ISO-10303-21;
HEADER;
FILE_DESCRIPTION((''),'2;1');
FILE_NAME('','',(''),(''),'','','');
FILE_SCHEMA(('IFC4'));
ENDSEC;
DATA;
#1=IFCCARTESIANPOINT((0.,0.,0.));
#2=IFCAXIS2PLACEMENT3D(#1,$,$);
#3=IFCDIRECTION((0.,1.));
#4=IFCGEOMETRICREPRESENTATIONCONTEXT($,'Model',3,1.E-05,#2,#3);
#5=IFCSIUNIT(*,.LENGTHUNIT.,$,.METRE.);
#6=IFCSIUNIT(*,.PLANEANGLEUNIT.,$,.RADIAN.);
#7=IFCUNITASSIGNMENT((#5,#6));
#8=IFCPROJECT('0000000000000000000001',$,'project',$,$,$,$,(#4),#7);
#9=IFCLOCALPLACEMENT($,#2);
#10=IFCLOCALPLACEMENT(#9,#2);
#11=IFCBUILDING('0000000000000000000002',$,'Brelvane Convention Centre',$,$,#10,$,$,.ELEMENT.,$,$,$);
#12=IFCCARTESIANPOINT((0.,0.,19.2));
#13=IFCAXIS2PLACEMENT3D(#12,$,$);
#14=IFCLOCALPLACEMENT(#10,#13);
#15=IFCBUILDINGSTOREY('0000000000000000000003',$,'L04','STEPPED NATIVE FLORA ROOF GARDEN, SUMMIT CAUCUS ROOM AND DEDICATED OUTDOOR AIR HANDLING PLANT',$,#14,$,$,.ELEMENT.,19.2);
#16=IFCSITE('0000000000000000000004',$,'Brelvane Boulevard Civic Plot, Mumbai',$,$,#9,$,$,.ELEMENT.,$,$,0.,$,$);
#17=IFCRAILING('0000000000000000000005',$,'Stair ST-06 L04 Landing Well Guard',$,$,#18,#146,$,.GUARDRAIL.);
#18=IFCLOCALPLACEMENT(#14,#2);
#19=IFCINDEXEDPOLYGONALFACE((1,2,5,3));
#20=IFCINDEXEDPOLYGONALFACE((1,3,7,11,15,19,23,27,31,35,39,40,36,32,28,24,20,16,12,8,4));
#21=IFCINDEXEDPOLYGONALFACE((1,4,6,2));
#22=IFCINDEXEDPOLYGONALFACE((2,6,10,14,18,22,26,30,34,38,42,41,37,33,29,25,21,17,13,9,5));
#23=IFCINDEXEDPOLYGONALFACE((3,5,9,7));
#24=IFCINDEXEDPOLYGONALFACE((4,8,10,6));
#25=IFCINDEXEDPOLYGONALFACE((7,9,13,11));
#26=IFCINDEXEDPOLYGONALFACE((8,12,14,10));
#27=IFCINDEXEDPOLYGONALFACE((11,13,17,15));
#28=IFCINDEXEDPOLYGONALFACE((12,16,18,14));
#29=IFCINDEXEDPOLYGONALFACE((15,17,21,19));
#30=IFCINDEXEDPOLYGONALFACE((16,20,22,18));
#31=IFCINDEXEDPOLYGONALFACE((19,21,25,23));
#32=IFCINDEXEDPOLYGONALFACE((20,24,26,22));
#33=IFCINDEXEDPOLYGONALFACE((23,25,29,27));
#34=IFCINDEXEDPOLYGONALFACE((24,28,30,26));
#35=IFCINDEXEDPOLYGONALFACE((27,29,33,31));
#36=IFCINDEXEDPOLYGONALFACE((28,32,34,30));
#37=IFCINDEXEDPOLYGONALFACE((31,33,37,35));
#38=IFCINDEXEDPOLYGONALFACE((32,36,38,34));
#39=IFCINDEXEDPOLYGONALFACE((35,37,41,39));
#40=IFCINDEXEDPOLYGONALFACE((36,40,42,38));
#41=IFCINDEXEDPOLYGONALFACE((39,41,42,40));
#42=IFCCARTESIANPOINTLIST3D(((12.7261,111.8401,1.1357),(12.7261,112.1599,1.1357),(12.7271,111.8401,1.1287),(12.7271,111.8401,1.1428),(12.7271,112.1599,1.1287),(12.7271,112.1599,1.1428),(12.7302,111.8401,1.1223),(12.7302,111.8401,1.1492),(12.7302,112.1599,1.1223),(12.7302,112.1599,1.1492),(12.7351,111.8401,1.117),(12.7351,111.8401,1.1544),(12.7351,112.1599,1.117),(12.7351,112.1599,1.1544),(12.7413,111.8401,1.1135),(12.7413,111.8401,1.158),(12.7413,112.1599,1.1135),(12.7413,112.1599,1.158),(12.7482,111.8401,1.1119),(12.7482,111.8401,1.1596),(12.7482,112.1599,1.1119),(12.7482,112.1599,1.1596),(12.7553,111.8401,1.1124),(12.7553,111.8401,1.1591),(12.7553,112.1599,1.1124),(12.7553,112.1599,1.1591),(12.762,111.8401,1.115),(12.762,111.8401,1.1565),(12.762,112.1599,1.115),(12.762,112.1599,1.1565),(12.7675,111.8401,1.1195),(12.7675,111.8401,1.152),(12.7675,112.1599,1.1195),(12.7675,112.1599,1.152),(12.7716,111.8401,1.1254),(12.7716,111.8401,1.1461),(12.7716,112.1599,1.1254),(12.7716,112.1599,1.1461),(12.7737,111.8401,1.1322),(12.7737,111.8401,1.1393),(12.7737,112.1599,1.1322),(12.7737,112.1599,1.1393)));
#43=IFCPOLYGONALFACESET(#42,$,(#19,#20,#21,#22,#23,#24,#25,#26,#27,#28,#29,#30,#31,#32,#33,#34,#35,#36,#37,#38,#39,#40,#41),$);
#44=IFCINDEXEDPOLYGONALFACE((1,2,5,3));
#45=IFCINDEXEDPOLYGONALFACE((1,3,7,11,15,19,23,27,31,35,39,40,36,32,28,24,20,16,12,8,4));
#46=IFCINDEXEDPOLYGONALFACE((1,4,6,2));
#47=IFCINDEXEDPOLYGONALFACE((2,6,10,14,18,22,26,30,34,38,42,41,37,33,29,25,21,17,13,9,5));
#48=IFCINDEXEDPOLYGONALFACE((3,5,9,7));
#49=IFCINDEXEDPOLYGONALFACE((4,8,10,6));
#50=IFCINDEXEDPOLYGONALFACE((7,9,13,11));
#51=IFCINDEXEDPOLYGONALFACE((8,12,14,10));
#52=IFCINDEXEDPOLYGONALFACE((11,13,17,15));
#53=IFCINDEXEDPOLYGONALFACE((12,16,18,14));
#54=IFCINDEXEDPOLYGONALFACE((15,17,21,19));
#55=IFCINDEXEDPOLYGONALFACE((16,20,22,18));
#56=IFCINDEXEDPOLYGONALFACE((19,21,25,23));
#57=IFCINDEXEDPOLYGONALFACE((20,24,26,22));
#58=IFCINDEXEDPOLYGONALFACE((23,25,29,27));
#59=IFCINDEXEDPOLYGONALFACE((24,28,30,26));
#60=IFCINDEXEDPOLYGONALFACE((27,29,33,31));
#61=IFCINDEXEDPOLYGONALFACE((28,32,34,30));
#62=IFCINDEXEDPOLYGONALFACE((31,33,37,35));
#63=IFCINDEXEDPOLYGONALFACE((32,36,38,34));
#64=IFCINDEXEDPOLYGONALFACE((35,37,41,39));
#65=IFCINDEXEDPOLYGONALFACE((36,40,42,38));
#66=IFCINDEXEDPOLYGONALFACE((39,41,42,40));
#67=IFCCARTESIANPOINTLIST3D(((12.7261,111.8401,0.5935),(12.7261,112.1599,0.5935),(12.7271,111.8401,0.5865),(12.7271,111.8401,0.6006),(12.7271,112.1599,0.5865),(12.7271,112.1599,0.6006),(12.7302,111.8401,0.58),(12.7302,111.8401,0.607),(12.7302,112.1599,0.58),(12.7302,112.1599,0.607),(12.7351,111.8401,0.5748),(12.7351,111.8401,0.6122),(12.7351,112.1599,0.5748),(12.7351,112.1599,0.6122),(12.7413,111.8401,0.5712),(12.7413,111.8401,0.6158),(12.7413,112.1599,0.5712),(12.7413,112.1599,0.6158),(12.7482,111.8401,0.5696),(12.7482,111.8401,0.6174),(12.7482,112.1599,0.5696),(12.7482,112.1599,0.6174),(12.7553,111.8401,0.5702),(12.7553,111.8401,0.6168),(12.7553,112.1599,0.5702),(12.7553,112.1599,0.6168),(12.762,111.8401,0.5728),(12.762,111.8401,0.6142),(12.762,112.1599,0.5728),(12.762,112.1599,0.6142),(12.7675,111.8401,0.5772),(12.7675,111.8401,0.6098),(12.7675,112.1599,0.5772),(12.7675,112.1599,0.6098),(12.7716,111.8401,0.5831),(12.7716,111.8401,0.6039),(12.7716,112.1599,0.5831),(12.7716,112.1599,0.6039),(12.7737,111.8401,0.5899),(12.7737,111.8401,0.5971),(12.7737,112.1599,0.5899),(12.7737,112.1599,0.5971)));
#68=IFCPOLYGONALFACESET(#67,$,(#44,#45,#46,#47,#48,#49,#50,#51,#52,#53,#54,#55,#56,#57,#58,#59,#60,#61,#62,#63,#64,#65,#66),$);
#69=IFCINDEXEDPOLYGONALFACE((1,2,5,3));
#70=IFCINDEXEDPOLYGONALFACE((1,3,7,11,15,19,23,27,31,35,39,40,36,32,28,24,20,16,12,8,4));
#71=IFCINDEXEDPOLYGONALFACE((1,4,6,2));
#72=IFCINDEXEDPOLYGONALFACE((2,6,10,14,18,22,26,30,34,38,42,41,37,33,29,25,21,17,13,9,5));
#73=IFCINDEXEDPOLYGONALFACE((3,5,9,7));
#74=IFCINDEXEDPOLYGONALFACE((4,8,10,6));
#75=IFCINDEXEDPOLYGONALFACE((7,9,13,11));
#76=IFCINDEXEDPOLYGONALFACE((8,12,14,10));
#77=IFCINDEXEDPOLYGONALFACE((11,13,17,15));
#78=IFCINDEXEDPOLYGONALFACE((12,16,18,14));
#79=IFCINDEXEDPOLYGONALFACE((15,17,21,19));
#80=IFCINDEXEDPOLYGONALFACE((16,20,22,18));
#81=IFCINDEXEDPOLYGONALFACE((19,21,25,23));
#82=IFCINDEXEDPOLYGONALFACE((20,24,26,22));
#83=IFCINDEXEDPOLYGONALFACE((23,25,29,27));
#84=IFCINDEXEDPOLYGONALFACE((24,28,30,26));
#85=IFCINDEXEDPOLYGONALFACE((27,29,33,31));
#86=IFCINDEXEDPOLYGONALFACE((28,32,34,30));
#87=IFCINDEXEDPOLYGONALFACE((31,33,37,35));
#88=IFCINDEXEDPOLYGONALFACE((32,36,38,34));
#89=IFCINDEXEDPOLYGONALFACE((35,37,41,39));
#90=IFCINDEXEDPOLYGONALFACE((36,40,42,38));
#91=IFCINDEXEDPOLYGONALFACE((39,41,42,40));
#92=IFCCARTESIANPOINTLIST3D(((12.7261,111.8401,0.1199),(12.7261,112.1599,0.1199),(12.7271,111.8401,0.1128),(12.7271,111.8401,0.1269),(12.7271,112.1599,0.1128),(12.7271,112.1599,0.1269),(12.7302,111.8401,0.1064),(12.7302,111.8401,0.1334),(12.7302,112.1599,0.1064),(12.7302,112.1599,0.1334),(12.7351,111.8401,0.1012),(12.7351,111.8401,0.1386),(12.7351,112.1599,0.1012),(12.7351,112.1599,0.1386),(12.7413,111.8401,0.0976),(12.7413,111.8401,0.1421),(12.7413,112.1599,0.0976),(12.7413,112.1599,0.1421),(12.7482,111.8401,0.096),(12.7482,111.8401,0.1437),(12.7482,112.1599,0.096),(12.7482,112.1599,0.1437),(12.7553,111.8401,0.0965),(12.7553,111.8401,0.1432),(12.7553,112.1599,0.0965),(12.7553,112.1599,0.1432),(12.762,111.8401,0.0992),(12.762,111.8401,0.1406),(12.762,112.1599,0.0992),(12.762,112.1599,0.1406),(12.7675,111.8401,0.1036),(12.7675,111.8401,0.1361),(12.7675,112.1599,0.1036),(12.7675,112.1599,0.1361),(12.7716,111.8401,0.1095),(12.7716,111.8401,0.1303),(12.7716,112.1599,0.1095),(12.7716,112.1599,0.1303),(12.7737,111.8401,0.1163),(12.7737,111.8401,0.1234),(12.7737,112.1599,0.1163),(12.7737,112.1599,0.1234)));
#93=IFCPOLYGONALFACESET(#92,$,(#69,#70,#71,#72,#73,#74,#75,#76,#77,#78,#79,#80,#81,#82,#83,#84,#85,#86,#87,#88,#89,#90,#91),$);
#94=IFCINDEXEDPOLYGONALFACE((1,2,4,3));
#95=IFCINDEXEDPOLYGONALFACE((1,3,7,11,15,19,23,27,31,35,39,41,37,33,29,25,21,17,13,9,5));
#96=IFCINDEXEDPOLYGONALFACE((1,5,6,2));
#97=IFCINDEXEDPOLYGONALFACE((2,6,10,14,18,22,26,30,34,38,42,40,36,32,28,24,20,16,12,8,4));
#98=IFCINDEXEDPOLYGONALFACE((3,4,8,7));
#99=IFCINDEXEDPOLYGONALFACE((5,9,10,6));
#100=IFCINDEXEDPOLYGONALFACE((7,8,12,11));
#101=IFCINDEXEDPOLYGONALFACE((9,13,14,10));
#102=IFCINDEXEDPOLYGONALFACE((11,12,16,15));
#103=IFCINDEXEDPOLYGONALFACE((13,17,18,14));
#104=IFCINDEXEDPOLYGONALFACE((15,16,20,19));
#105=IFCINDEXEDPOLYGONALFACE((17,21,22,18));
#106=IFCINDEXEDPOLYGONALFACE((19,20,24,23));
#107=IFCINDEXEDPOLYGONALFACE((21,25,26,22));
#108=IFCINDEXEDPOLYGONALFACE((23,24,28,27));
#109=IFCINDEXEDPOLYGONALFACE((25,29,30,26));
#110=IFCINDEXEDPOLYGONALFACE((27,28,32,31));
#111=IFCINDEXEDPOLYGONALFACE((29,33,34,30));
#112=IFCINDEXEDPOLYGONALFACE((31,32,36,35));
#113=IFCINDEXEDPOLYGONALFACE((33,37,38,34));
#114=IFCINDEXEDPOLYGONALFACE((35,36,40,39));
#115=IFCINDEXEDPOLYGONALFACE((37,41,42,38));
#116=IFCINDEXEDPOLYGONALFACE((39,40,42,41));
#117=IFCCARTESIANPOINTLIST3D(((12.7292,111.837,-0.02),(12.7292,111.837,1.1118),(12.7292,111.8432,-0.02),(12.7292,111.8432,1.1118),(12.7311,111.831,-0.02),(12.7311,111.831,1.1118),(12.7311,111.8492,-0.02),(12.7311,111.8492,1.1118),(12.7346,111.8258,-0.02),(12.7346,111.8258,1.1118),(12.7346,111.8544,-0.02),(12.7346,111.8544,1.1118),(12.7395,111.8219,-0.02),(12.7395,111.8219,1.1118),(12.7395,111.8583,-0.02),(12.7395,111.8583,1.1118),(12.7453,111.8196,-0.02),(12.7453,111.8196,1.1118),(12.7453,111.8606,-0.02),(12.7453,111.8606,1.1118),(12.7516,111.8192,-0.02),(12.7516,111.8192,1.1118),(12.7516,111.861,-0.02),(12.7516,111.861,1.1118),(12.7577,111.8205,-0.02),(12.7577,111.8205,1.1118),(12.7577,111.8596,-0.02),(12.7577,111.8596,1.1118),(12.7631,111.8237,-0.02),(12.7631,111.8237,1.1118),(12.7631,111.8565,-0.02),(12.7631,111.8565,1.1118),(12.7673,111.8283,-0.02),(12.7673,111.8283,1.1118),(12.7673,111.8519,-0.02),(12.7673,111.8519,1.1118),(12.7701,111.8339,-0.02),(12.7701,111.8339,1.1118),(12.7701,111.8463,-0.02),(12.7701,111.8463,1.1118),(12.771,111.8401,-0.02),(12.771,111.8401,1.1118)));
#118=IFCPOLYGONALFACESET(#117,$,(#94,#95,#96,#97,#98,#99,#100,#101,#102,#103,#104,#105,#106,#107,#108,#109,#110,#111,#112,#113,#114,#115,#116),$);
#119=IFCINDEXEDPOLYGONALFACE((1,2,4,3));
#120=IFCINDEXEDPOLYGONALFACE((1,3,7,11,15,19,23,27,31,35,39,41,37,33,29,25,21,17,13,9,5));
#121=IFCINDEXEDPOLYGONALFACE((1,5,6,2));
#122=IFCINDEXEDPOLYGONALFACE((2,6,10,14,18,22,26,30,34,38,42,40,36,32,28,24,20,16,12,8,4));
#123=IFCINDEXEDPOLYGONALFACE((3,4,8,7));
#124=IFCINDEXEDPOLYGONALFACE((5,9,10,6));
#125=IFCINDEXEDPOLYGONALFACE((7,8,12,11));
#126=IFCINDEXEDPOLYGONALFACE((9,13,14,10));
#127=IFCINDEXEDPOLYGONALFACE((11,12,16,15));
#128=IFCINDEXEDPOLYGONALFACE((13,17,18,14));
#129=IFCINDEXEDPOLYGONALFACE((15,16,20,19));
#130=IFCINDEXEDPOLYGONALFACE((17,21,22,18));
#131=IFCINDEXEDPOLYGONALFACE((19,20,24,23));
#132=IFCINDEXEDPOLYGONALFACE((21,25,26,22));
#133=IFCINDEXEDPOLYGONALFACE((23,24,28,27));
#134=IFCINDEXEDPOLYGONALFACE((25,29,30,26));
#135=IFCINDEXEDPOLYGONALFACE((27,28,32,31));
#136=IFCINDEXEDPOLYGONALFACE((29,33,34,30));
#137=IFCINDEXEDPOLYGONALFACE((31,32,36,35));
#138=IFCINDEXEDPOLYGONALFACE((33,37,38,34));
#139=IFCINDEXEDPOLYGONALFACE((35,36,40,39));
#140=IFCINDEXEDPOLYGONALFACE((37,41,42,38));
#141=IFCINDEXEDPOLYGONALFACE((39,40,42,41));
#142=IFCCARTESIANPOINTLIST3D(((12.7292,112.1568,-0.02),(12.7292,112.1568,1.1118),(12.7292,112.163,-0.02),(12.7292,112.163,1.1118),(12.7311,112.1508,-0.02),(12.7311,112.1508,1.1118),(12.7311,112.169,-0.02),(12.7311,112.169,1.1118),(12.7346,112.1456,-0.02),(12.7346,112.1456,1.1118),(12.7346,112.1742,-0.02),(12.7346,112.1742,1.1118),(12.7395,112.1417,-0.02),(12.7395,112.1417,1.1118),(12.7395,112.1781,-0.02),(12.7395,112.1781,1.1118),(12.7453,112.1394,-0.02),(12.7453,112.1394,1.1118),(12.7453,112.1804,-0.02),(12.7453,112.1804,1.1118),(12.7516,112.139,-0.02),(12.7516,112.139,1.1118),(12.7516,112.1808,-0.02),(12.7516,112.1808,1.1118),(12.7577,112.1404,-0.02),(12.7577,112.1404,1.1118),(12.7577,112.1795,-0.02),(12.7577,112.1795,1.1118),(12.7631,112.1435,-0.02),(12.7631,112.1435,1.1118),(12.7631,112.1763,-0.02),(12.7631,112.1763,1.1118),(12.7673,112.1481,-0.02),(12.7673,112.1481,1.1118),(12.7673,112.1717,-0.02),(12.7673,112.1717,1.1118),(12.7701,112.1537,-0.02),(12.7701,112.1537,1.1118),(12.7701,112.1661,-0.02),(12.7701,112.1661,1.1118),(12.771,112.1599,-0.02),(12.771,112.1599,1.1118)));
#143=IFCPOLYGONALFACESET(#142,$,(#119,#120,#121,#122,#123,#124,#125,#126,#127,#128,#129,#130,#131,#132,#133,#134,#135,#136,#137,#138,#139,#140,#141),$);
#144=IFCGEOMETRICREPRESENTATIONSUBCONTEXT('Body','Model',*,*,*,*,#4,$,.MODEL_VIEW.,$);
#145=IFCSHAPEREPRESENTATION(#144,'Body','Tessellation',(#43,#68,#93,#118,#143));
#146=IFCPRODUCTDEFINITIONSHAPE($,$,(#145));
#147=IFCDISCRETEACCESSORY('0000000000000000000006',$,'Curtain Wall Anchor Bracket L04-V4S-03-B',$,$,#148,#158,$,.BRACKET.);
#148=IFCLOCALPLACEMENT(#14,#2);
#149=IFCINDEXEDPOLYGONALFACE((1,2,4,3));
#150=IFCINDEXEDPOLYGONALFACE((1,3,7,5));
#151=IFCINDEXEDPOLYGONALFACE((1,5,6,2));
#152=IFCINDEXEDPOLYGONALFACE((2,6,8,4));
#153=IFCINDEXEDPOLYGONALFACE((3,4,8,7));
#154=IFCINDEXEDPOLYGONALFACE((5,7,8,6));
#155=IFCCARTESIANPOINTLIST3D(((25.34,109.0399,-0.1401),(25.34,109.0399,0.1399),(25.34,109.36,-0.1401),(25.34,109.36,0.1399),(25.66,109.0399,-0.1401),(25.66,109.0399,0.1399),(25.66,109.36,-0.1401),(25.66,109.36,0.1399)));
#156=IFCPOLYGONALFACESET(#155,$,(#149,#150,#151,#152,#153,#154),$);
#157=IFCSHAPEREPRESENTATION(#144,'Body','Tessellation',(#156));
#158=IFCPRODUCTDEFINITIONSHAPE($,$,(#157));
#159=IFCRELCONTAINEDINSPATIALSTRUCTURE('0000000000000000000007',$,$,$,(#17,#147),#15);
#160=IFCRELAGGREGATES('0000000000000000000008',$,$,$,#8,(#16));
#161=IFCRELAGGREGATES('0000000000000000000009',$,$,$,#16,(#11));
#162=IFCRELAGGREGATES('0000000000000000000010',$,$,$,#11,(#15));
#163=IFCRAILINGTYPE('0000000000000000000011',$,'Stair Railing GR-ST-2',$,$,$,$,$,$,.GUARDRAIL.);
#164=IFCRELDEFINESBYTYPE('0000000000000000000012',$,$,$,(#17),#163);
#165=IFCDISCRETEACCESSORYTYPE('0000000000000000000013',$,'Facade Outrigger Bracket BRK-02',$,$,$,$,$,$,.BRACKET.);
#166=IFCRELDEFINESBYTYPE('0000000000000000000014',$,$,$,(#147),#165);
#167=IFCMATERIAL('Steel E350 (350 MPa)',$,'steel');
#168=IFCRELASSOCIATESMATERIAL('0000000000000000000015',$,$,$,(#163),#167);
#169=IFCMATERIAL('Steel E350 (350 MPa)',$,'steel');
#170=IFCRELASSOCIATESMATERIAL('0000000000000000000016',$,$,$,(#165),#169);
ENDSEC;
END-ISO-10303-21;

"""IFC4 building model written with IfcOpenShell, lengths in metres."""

from ifc_helpers import new_model, si_unit, direction, frame, origin, origin_2d, place, context, subcontext, project, spatial, rectangle, circle, extrude, material, type_object, element, save


model = new_model("IFC4")

# Units and contexts
model_context = context("Model", 3, precision=1e-05, world=origin(), true_north=direction((0.0, 1.0)))
body_context = subcontext(model_context, "Body", "Model", "MODEL_VIEW")
ifc_project = project(units=[si_unit("LENGTHUNIT", "METRE"), si_unit("PLANEANGLEUNIT", "RADIAN")], contexts=[model_context])

# Site, building, storey
site_placement = place(None, origin())
site = spatial("IfcSite", under=ifc_project, at=site_placement, Name="Brelvane Boulevard Civic Plot, Mumbai", CompositionType="ELEMENT", RefElevation=0.0)
building_placement = place(site_placement, origin())
building = spatial("IfcBuilding", under=site, at=building_placement, Name="Brelvane Convention Centre", CompositionType="ELEMENT")
storey_placement = place(building_placement, frame((0.0, 0.0, 19.2)))
storey = spatial("IfcBuildingStorey", under=building, at=storey_placement, Name="L04", Description="STEPPED NATIVE FLORA ROOF GARDEN, SUMMIT CAUCUS ROOM AND DEDICATED OUTDOOR AIR HANDLING PLANT", CompositionType="ELEMENT", Elevation=19.2)

# Railing
ifc_material_1 = material(Name="Steel E350 (350 MPa)", Category="steel")
railing_type_1 = type_object("IfcRailingType", Name="Stair Railing GR-ST-2", PredefinedType="GUARDRAIL", material=ifc_material_1)
railing_1_placement = place(storey_placement, frame((12.75, 111.8401, -0.02)))
element("IfcRailing", 1, at=railing_1_placement, inside=storey, type_object=railing_type_1, Name="Stair ST-06 L04 Landing Well Guard", PredefinedType="GUARDRAIL", context=body_context, shape_type="SweptSolid", body=[
    extrude(circle(Radius=0.0239, at=origin_2d()), frame((0.0, 0.0, 1.1558), z_axis=(0.0, 1.0, 0.0), x_axis=(-1.0, 0.0, 0.0)), (0.0, 0.0, 1.0), 0.3198),
    extrude(circle(Radius=0.0239, at=origin_2d()), frame((0.0, 0.0, 0.6135), z_axis=(0.0, 1.0, 0.0), x_axis=(-1.0, 0.0, 0.0)), (0.0, 0.0, 1.0), 0.3198),
    extrude(circle(Radius=0.0239, at=origin_2d()), frame((0.0, 0.0, 0.1399), z_axis=(0.0, 1.0, 0.0), x_axis=(-1.0, 0.0, 0.0)), (0.0, 0.0, 1.0), 0.3198),
    extrude(circle(Radius=0.021, at=origin_2d()), origin(), (0.0, 0.0, 1.0), 1.1318),
    extrude(circle(Radius=0.021, at=origin_2d()), frame((0.0, 0.3198, 0.0)), (0.0, 0.0, 1.0), 1.1318),
])

# Discrete accessory
ifc_material_2 = material(Name="Steel E350 (350 MPa)", Category="steel")
discrete_accessory_type = type_object("IfcDiscreteAccessoryType", Name="Facade Outrigger Bracket BRK-02", PredefinedType="BRACKET", material=ifc_material_2)
discrete_accessory_placement = place(storey_placement, frame((25.5, 109.2, -0.1401), z_axis=(0.0, 0.0, 1.0), x_axis=(1.0, 0.0, 0.0)))
element("IfcDiscreteAccessory", 2, at=discrete_accessory_placement, inside=storey, type_object=discrete_accessory_type, Name="Curtain Wall Anchor Bracket L04-V4S-03-B", PredefinedType="BRACKET", context=body_context, shape_type="SweptSolid", body=[
    extrude(rectangle(XDim=0.3201, YDim=0.3201, at=origin_2d()), origin(), (0.0, 0.0, 1.0), 0.28),
])

save(model, "model.ifc")
